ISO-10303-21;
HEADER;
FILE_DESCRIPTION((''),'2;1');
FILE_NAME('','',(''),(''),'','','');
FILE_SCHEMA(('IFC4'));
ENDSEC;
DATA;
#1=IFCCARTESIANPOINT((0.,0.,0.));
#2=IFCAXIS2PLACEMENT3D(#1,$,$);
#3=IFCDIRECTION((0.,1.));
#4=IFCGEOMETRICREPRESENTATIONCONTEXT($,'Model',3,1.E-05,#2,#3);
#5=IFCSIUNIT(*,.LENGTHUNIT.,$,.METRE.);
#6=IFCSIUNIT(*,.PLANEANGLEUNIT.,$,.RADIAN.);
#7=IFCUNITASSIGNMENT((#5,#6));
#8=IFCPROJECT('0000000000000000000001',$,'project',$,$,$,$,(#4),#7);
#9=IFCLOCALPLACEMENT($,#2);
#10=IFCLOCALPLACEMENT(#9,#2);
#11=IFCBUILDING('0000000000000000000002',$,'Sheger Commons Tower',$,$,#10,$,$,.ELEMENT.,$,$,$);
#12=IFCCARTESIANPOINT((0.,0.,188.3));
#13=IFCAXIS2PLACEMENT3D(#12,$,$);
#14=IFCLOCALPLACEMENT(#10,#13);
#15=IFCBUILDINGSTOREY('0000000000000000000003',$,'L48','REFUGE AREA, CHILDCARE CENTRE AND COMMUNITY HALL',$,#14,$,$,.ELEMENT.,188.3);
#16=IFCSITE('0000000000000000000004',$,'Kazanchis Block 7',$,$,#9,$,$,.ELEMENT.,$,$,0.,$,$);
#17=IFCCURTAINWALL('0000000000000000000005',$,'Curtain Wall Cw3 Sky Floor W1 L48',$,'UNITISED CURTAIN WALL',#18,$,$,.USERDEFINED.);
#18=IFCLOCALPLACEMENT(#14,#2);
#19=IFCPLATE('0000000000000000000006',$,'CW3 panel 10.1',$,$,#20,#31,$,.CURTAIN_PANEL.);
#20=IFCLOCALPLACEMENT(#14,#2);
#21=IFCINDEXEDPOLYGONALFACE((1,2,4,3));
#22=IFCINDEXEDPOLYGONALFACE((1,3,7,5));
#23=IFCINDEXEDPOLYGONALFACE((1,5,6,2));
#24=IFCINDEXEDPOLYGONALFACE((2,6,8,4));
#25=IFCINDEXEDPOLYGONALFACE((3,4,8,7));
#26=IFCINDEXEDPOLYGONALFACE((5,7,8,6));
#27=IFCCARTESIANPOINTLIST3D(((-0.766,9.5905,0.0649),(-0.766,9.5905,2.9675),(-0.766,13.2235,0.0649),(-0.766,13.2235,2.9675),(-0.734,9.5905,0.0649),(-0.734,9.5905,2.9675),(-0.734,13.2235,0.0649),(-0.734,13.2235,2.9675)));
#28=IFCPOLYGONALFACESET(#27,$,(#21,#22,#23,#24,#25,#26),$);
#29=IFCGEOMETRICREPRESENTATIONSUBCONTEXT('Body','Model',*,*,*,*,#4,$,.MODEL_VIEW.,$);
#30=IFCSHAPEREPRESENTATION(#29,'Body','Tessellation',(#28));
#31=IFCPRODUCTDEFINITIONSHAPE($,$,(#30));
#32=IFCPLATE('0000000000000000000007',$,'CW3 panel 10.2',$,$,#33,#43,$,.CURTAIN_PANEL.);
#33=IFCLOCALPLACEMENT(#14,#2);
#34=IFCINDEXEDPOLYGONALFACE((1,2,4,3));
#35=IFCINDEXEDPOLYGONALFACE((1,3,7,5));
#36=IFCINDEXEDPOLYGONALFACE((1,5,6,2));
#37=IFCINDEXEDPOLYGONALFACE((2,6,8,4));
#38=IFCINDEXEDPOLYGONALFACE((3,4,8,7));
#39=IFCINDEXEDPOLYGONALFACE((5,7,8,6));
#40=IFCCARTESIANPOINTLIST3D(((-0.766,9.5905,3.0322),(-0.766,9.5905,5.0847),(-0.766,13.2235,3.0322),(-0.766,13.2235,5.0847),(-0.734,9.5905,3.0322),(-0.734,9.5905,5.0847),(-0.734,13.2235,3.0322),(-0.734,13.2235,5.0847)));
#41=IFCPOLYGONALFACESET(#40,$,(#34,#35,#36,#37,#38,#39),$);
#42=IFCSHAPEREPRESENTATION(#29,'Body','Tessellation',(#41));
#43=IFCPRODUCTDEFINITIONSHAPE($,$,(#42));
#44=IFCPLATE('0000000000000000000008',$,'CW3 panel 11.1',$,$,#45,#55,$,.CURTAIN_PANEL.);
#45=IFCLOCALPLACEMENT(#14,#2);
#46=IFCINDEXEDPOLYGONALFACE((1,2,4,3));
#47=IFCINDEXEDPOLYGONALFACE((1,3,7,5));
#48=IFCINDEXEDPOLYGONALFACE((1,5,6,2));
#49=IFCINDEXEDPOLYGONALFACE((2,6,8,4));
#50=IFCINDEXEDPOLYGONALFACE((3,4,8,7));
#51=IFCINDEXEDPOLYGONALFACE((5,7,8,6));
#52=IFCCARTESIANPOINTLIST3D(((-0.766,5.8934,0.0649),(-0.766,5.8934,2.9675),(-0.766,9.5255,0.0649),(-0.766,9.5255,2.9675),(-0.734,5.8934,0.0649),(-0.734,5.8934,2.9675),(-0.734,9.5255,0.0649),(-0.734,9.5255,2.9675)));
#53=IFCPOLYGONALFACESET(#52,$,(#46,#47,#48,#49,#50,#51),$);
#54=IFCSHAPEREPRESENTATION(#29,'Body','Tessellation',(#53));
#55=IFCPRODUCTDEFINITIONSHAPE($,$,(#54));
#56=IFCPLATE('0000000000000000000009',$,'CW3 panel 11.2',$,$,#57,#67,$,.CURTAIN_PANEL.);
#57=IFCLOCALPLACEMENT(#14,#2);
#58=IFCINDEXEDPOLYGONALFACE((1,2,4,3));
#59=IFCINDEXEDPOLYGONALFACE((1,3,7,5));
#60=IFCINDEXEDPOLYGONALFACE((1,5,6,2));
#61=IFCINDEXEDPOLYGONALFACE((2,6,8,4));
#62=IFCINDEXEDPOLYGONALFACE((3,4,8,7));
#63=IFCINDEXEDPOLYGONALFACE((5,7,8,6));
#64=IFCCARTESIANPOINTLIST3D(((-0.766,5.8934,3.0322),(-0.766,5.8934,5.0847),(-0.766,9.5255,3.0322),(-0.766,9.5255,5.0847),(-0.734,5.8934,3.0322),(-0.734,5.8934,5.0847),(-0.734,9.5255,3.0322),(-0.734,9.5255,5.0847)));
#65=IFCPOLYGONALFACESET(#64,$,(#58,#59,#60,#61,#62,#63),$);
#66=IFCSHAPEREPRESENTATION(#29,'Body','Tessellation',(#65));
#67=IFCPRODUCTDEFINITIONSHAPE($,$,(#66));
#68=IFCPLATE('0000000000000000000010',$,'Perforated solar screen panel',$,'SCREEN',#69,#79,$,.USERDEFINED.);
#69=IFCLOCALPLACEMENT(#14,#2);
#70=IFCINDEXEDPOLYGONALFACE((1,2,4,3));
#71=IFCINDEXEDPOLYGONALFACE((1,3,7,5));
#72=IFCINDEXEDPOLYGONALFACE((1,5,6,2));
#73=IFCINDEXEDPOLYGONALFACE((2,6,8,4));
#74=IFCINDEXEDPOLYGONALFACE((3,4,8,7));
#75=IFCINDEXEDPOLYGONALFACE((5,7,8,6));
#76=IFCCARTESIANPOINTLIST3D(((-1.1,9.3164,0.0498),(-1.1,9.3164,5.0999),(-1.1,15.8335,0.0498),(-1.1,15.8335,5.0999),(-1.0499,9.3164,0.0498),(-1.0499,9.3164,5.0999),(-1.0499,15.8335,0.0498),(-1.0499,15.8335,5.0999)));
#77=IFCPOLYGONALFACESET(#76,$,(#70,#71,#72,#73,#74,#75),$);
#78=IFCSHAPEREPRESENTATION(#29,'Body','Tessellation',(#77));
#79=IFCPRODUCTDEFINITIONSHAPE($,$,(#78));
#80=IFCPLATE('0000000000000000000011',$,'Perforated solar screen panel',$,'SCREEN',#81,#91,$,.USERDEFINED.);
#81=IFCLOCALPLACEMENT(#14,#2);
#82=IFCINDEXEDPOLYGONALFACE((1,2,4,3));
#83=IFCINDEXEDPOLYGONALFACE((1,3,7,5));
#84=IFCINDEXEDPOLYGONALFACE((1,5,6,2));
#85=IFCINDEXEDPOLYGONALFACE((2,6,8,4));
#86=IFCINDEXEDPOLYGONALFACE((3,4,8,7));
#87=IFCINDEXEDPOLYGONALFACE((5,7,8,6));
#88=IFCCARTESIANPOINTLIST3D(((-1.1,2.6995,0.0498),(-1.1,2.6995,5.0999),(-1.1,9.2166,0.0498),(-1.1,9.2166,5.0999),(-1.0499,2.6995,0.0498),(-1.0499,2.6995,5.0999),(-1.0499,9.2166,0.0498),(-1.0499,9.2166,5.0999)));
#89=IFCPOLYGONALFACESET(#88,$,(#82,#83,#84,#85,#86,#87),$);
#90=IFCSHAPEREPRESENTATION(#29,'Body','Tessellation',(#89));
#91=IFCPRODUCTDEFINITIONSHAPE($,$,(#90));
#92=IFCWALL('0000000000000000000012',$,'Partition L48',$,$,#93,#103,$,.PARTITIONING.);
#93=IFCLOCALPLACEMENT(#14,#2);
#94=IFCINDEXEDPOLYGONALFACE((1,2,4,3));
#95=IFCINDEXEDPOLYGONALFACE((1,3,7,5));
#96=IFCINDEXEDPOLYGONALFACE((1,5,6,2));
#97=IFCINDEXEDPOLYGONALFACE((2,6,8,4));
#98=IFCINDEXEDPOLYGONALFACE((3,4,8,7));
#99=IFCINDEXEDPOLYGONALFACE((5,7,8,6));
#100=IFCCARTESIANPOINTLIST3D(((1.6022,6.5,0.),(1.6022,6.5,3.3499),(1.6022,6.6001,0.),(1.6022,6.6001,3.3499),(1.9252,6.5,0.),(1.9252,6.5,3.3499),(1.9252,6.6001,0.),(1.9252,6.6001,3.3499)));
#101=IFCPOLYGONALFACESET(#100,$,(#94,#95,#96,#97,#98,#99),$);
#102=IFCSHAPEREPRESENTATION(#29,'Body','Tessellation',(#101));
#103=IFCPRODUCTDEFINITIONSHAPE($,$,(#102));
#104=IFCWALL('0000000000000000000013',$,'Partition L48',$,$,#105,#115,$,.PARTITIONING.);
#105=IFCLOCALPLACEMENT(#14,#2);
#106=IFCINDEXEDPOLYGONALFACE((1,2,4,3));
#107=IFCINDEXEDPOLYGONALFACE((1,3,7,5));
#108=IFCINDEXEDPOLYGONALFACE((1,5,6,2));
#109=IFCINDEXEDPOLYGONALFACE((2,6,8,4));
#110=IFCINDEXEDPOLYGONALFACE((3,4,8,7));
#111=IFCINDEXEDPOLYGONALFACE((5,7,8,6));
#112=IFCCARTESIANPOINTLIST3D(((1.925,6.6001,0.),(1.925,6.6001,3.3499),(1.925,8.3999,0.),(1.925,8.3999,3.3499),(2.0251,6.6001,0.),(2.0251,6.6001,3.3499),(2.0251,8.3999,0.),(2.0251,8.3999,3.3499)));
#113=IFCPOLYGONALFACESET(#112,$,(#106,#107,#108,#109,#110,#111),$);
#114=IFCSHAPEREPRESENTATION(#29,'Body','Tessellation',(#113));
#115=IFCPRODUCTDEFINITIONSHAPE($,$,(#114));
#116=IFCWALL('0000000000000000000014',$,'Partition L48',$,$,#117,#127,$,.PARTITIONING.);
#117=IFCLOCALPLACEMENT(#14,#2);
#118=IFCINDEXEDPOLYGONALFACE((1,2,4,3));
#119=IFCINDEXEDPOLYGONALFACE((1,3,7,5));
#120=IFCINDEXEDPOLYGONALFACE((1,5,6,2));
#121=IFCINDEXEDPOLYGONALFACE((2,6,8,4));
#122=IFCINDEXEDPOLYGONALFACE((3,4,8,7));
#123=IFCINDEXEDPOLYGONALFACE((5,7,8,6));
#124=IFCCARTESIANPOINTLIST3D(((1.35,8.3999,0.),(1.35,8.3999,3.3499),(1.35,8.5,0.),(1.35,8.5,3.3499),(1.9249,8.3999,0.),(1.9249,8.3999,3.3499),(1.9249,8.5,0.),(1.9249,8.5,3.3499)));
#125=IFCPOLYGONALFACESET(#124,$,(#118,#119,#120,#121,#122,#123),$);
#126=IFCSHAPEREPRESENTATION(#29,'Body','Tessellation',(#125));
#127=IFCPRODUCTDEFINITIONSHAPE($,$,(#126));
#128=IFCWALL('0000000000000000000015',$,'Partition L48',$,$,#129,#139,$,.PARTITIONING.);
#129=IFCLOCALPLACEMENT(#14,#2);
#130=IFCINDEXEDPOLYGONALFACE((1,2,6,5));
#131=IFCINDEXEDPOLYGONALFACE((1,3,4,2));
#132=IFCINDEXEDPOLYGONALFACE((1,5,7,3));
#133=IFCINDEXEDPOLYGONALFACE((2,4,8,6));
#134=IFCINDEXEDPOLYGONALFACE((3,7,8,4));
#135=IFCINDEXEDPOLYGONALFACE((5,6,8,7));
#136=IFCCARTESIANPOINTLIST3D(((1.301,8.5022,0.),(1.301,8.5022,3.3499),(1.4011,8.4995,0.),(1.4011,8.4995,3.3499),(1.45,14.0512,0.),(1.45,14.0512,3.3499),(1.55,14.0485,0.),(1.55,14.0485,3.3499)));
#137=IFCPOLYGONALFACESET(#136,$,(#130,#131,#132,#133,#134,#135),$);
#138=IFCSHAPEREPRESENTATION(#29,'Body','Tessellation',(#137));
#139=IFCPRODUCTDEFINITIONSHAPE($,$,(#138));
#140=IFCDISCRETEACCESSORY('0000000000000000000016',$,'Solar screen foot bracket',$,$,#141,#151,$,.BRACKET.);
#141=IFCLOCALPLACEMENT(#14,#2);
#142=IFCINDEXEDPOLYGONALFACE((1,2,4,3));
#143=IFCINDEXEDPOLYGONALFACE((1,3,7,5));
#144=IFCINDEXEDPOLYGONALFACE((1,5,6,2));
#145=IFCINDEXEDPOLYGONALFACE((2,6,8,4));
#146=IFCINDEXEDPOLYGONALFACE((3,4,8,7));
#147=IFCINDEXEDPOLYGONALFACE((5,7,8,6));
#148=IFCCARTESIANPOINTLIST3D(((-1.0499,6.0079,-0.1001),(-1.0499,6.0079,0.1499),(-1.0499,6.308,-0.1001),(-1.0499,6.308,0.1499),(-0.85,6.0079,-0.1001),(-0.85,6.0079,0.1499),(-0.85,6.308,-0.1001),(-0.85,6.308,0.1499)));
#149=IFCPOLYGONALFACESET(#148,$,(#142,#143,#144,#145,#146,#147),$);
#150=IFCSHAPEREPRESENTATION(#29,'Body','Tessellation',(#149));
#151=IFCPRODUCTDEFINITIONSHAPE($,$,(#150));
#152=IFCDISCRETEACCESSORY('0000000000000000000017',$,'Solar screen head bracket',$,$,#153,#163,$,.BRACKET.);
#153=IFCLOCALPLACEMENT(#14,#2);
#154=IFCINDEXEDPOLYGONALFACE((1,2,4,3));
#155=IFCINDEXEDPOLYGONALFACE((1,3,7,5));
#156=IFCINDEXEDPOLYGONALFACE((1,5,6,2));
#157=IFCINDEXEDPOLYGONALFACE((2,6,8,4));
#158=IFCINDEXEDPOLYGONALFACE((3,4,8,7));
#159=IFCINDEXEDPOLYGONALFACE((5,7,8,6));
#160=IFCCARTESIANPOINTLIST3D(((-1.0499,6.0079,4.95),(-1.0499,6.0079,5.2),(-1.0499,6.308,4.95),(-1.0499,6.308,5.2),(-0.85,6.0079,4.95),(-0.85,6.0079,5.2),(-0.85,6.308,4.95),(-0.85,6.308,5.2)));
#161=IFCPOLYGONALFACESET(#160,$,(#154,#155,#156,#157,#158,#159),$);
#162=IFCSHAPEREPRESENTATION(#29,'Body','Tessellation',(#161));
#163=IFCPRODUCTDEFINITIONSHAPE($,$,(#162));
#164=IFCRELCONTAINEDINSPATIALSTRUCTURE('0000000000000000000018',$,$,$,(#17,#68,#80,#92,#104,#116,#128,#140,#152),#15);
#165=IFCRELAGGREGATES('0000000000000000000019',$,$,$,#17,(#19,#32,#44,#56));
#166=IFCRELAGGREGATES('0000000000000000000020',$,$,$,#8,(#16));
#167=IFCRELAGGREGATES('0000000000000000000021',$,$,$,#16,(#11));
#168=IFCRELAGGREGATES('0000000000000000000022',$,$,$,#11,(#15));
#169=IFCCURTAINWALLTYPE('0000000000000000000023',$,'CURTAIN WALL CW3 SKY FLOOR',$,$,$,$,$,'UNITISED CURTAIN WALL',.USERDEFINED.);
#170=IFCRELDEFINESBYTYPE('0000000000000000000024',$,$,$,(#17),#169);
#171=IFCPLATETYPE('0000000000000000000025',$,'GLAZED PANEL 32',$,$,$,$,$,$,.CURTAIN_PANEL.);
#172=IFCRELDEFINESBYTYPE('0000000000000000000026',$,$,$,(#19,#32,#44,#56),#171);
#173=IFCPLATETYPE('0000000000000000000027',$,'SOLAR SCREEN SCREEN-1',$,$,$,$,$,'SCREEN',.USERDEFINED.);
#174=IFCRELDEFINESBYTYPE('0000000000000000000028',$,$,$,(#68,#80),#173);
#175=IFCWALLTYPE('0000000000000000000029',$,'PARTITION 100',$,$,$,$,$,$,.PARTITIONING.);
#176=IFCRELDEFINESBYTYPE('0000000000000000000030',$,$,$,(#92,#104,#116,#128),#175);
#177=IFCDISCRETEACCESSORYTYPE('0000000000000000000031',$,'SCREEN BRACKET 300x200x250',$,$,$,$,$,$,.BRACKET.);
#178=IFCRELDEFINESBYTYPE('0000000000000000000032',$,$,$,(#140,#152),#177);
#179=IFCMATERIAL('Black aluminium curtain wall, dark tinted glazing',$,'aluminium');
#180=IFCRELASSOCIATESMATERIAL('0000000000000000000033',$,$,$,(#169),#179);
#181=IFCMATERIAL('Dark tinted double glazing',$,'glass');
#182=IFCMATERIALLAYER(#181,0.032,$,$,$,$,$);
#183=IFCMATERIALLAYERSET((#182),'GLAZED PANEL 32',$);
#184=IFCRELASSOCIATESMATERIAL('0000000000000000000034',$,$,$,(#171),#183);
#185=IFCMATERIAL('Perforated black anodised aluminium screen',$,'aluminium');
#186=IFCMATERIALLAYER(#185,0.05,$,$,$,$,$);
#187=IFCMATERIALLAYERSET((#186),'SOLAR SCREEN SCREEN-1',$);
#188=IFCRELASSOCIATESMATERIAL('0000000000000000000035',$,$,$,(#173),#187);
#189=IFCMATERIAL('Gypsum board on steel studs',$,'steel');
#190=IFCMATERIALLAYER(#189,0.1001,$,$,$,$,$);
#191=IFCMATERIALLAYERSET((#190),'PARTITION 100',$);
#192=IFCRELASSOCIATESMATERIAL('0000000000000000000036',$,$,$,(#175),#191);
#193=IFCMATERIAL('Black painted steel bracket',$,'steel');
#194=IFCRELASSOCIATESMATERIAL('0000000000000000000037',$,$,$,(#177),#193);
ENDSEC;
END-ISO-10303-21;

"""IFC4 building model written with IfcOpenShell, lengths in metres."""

from ifc_helpers import new_model, si_unit, direction, frame, frame_2d, origin, origin_2d, place, context, subcontext, project, spatial, rectangle, extrude, material, layer, layer_set, type_object, element, aggregate, save


model = new_model("IFC4")

# Units and contexts
model_context = context("Model", 3, precision=1e-05, world=origin(), true_north=direction((0.0, 1.0)))
body_context = subcontext(model_context, "Body", "Model", "MODEL_VIEW")
ifc_project = project(units=[si_unit("LENGTHUNIT", "METRE"), si_unit("PLANEANGLEUNIT", "RADIAN")], contexts=[model_context])

# Site, building, storey
site_placement = place(None, origin())
site = spatial("IfcSite", under=ifc_project, at=site_placement, Name="Kazanchis Block 7", CompositionType="ELEMENT", RefElevation=0.0)
building_placement = place(site_placement, origin())
building = spatial("IfcBuilding", under=site, at=building_placement, Name="Sheger Commons Tower", CompositionType="ELEMENT")
storey_placement = place(building_placement, frame((0.0, 0.0, 188.3)))
storey = spatial("IfcBuildingStorey", under=building, at=storey_placement, Name="L48", Description="REFUGE AREA, CHILDCARE CENTRE AND COMMUNITY HALL", CompositionType="ELEMENT", Elevation=188.3)

# Curtain wall
ifc_material_1 = material(Name="Black aluminium curtain wall, dark tinted glazing", Category="aluminium")
curtain_wall_type = type_object("IfcCurtainWallType", Name="CURTAIN WALL CW3 SKY FLOOR", ElementType="UNITISED CURTAIN WALL", PredefinedType="USERDEFINED", material=ifc_material_1)
curtain_wall_placement = place(storey_placement, origin())
curtain_wall = element("IfcCurtainWall", 1, at=curtain_wall_placement, inside=storey, type_object=curtain_wall_type, Name="Curtain Wall Cw3 Sky Floor W1 L48", ObjectType="UNITISED CURTAIN WALL", PredefinedType="USERDEFINED")

# Plates
ifc_material_2 = material(Name="Dark tinted double glazing", Category="glass")
ifc_layer_1 = layer(ifc_material_2, 0.032)
ifc_layer_set_1 = layer_set([ifc_layer_1], Name="GLAZED PANEL 32")
plate_type_1 = type_object("IfcPlateType", Name="GLAZED PANEL 32", PredefinedType="CURTAIN_PANEL", material=ifc_layer_set_1)
plate_1_placement = place(storey_placement, frame((-0.75, 11.407, 0.0649), z_axis=(0.0, 0.0, 1.0), x_axis=(0.0, -1.0, 0.0)))
plate_1 = element("IfcPlate", 2, at=plate_1_placement, type_object=plate_type_1, Name="CW3 panel 10.1", PredefinedType="CURTAIN_PANEL", context=body_context, shape_type="SweptSolid", body=[
    extrude(rectangle(XDim=3.6331, YDim=0.032, at=origin_2d()), origin(), (0.0, 0.0, 1.0), 2.9026),
])
plate_2_placement = place(storey_placement, frame((-0.75, 11.407, 3.0322), z_axis=(0.0, 0.0, 1.0), x_axis=(0.0, -1.0, 0.0)))
plate_2 = element("IfcPlate", 3, at=plate_2_placement, type_object=plate_type_1, Name="CW3 panel 10.2", PredefinedType="CURTAIN_PANEL", context=body_context, shape_type="SweptSolid", body=[
    extrude(rectangle(XDim=3.6331, YDim=0.032, at=origin_2d()), origin(), (0.0, 0.0, 1.0), 2.0525),
])
plate_3_placement = place(storey_placement, frame((-0.75, 7.7095, 0.0649), z_axis=(0.0, 0.0, 1.0), x_axis=(0.0, -1.0, 0.0)))
plate_3 = element("IfcPlate", 4, at=plate_3_placement, type_object=plate_type_1, Name="CW3 panel 11.1", PredefinedType="CURTAIN_PANEL", context=body_context, shape_type="SweptSolid", body=[
    extrude(rectangle(XDim=3.6321, YDim=0.032, at=origin_2d()), origin(), (0.0, 0.0, 1.0), 2.9026),
])
plate_4_placement = place(storey_placement, frame((-0.75, 7.7095, 3.0322), z_axis=(0.0, 0.0, 1.0), x_axis=(0.0, -1.0, 0.0)))
plate_4 = element("IfcPlate", 5, at=plate_4_placement, type_object=plate_type_1, Name="CW3 panel 11.2", PredefinedType="CURTAIN_PANEL", context=body_context, shape_type="SweptSolid", body=[
    extrude(rectangle(XDim=3.6321, YDim=0.032, at=origin_2d()), origin(), (0.0, 0.0, 1.0), 2.0525),
])
aggregate(curtain_wall, [plate_1, plate_2, plate_3, plate_4])

# Plates
ifc_material_3 = material(Name="Perforated black anodised aluminium screen", Category="aluminium")
ifc_layer_2 = layer(ifc_material_3, 0.05)
ifc_layer_set_2 = layer_set([ifc_layer_2], Name="SOLAR SCREEN SCREEN-1")
plate_type_2 = type_object("IfcPlateType", Name="SOLAR SCREEN SCREEN-1", ElementType="SCREEN", PredefinedType="USERDEFINED", material=ifc_layer_set_2)
for number, where, z_axis, x_axis, name in (
    (6, (-1.075, 12.575, 0.0498), (0.0, 0.0, 1.0), (0.0, -1.0, 0.0), "Perforated solar screen panel"),
    (7, (-1.075, 5.958, 0.0498), (0.0, 0.0, 1.0), (0.0, -1.0, 0.0), "Perforated solar screen panel"),
):
    element("IfcPlate", number, at=place(storey_placement, frame(where, z_axis=z_axis, x_axis=x_axis)), inside=storey, type_object=plate_type_2, Name=name, ObjectType="SCREEN", PredefinedType="USERDEFINED", context=body_context, shape_type="SweptSolid", body=[
        extrude(rectangle(XDim=6.5171, YDim=0.05, at=origin_2d()), origin(), (0.0, 0.0, 1.0), 5.05),
    ])

# Walls
ifc_material_4 = material(Name="Gypsum board on steel studs", Category="steel")
ifc_layer_3 = layer(ifc_material_4, 0.1001)
ifc_layer_set_3 = layer_set([ifc_layer_3], Name="PARTITION 100")
wall_type = type_object("IfcWallType", Name="PARTITION 100", PredefinedType="PARTITIONING", material=ifc_layer_set_3)
wall_1_placement = place(storey_placement, frame((1.6021, 6.55, 0.0), z_axis=(0.0, 0.0, 1.0), x_axis=(1.0, 0.0, 0.0)))
element("IfcWall", 8, at=wall_1_placement, inside=storey, type_object=wall_type, Name="Partition L48", PredefinedType="PARTITIONING", context=body_context, shape_type="SweptSolid", body=[
    extrude(rectangle(XDim=0.323, YDim=0.1001, at=frame_2d((0.1616, 0.0))), origin(), (0.0, 0.0, 1.0), 3.3499),
])
wall_2_placement = place(storey_placement, frame((1.9751, 6.6001, 0.0), z_axis=(0.0, 0.0, 1.0), x_axis=(0.0, 1.0, 0.0)))
element("IfcWall", 9, at=wall_2_placement, inside=storey, type_object=wall_type, Name="Partition L48", PredefinedType="PARTITIONING", context=body_context, shape_type="SweptSolid", body=[
    extrude(rectangle(XDim=1.7998, YDim=0.1001, at=frame_2d((0.8999, 0.0))), origin(), (0.0, 0.0, 1.0), 3.3499),
])
wall_3_placement = place(storey_placement, frame((1.925, 8.45, 0.0), z_axis=(0.0, 0.0, 1.0), x_axis=(-1.0, 0.0, 0.0)))
element("IfcWall", 10, at=wall_3_placement, inside=storey, type_object=wall_type, Name="Partition L48", PredefinedType="PARTITIONING", context=body_context, shape_type="SweptSolid", body=[
    extrude(rectangle(XDim=0.575, YDim=0.1001, at=frame_2d((0.2876, 0.0))), origin(), (0.0, 0.0, 1.0), 3.3499),
])
wall_4_placement = place(storey_placement, frame((1.3511, 8.501, 0.0), z_axis=(0.0, 0.0, 1.0), x_axis=(0.026828, 0.99964, 0.0)))
element("IfcWall", 11, at=wall_4_placement, inside=storey, type_object=wall_type, Name="Partition L48", PredefinedType="PARTITIONING", context=body_context, shape_type="SweptSolid", body=[
    extrude(rectangle(XDim=5.551, YDim=0.1001, at=frame_2d((2.7754, 0.0))), origin(), (0.0, 0.0, 1.0), 3.3499),
])

# Discrete accessories
ifc_material_5 = material(Name="Black painted steel bracket", Category="steel")
discrete_accessory_type = type_object("IfcDiscreteAccessoryType", Name="SCREEN BRACKET 300x200x250", PredefinedType="BRACKET", material=ifc_material_5)
for number, where, z_axis, x_axis, name in (
    (12, (-0.95, 6.158, -0.1001), (0.0, 0.0, 1.0), (0.0, -1.0, 0.0), "Solar screen foot bracket"),
    (13, (-0.95, 6.158, 4.95), (0.0, 0.0, 1.0), (0.0, -1.0, 0.0), "Solar screen head bracket"),
):
    element("IfcDiscreteAccessory", number, at=place(storey_placement, frame(where, z_axis=z_axis, x_axis=x_axis)), inside=storey, type_object=discrete_accessory_type, Name=name, PredefinedType="BRACKET", context=body_context, shape_type="SweptSolid", body=[
        extrude(rectangle(XDim=0.3, YDim=0.2, at=origin_2d()), origin(), (0.0, 0.0, 1.0), 0.25),
    ])

save(model, "model.ifc")
